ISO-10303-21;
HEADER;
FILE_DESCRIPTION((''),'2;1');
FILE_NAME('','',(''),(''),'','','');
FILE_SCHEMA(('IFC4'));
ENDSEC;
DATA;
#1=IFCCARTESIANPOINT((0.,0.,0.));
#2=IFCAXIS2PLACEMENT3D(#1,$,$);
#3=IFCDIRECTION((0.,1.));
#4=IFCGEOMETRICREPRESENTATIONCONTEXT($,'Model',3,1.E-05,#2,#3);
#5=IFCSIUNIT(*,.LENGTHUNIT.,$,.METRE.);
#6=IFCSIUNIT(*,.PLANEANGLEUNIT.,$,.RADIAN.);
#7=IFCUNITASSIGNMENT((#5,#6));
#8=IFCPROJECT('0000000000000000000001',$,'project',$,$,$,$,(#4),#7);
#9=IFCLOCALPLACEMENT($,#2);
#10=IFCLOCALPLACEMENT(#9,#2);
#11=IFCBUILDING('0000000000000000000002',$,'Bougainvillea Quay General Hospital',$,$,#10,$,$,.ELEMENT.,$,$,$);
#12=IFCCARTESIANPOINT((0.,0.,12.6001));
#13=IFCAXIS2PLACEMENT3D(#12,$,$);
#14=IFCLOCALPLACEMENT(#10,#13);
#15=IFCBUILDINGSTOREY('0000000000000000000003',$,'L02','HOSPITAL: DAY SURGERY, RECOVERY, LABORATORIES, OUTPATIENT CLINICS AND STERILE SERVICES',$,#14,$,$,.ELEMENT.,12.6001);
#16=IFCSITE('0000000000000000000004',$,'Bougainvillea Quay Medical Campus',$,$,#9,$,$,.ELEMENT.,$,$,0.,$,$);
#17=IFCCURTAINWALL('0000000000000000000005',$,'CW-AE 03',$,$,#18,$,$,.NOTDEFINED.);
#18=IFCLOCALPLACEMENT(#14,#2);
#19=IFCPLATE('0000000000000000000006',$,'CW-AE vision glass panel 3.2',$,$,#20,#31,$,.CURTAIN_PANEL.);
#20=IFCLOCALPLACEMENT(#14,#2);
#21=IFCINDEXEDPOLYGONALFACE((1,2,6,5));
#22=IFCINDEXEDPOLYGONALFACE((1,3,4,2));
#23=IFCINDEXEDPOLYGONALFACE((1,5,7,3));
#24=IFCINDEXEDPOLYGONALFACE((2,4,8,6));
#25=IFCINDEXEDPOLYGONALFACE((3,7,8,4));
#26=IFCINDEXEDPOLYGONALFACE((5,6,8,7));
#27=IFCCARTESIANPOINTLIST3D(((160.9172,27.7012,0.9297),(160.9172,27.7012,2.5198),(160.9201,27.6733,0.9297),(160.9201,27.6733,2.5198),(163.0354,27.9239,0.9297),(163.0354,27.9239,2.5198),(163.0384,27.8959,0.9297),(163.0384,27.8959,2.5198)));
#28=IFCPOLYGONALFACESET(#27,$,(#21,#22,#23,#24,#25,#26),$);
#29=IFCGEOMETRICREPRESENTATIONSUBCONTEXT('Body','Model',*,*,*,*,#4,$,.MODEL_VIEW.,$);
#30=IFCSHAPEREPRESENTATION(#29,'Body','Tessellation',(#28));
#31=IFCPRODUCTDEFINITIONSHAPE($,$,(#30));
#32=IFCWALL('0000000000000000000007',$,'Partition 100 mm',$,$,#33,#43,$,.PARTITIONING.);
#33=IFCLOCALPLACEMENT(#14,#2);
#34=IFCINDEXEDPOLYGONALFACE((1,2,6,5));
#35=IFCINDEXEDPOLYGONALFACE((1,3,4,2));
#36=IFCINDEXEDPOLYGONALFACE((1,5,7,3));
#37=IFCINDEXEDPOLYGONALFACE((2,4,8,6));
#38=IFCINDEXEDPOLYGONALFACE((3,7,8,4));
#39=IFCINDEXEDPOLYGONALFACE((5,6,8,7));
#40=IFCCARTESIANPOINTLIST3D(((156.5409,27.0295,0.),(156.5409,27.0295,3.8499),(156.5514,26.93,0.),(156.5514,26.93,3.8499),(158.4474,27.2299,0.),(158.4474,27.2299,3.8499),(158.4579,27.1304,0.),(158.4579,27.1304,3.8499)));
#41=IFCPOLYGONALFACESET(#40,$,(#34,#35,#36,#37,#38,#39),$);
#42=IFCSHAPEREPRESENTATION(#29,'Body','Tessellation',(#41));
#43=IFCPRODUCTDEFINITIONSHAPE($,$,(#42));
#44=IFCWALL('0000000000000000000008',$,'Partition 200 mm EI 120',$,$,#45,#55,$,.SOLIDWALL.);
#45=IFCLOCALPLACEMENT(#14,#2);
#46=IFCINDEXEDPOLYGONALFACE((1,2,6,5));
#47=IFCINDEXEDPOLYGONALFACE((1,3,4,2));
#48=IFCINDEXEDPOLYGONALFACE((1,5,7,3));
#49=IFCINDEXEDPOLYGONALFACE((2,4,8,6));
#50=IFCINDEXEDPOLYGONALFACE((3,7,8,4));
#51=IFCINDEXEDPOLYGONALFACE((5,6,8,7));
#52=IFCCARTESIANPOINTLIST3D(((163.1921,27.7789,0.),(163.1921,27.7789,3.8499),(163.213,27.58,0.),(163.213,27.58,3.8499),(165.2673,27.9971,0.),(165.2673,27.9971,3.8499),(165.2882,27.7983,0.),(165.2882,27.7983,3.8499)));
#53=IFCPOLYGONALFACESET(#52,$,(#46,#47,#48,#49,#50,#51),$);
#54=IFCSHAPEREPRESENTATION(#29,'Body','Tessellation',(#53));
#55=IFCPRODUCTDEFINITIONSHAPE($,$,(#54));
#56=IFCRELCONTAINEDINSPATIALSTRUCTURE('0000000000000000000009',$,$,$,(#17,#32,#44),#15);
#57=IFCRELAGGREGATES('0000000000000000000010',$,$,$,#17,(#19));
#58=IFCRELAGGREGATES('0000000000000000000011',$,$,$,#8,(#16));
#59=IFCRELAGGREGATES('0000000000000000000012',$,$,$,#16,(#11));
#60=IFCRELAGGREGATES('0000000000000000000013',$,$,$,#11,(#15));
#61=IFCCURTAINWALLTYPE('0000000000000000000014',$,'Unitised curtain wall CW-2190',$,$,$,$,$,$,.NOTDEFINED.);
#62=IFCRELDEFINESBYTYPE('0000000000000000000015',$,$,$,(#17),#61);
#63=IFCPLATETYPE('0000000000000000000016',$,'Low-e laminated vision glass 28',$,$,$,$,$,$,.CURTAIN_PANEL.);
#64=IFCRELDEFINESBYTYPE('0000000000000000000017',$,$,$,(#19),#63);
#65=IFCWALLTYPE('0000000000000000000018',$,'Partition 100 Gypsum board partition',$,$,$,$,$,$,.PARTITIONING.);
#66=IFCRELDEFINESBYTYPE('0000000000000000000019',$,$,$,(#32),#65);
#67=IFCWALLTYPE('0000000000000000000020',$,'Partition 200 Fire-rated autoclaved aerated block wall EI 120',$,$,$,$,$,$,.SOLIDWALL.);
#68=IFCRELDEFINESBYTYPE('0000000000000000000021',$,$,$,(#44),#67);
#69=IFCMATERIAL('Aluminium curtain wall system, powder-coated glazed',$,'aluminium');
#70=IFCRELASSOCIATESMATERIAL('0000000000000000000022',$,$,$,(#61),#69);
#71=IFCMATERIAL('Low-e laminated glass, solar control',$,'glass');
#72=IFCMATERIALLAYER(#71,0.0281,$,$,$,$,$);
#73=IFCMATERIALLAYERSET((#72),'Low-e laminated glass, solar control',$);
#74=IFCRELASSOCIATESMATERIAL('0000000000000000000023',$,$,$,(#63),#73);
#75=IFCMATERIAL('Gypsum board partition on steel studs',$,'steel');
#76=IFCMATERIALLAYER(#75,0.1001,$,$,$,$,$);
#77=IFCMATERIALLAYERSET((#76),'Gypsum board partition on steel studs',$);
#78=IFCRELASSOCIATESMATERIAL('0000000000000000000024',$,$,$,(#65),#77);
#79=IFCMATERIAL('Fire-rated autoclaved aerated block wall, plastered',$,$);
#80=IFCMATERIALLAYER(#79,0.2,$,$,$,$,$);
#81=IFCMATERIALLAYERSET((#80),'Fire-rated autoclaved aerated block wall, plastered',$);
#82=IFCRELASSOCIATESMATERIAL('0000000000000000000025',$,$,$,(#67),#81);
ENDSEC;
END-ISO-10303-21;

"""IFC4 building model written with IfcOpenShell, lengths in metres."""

from ifc_helpers import new_model, si_unit, direction, frame, frame_2d, origin, origin_2d, place, context, subcontext, project, spatial, rectangle, extrude, material, layer, layer_set, type_object, element, aggregate, save


model = new_model("IFC4")

# Units and contexts
model_context = context("Model", 3, precision=1e-05, world=origin(), true_north=direction((0.0, 1.0)))
body_context = subcontext(model_context, "Body", "Model", "MODEL_VIEW")
ifc_project = project(units=[si_unit("LENGTHUNIT", "METRE"), si_unit("PLANEANGLEUNIT", "RADIAN")], contexts=[model_context])

# Site, building, storey
site_placement = place(None, origin())
site = spatial("IfcSite", under=ifc_project, at=site_placement, Name="Bougainvillea Quay Medical Campus", CompositionType="ELEMENT", RefElevation=0.0)
building_placement = place(site_placement, origin())
building = spatial("IfcBuilding", under=site, at=building_placement, Name="Bougainvillea Quay General Hospital", CompositionType="ELEMENT")
storey_placement = place(building_placement, frame((0.0, 0.0, 12.6001)))
storey = spatial("IfcBuildingStorey", under=building, at=storey_placement, Name="L02", Description="HOSPITAL: DAY SURGERY, RECOVERY, LABORATORIES, OUTPATIENT CLINICS AND STERILE SERVICES", CompositionType="ELEMENT", Elevation=12.6001)

# Shared definitions
ifc_material_1 = material(Name="Aluminium curtain wall system, powder-coated glazed", Category="aluminium")

# Curtain wall, plate
curtain_wall_type_1 = type_object("IfcCurtainWallType", Name="Unitised curtain wall CW-2190", PredefinedType="NOTDEFINED", material=ifc_material_1)
curtain_wall_1_placement = place(storey_placement, origin())
curtain_wall_1 = element("IfcCurtainWall", 1, at=curtain_wall_1_placement, inside=storey, type_object=curtain_wall_type_1, Name="CW-AE 03", PredefinedType="NOTDEFINED")
ifc_material_2 = material(Name="Low-e laminated glass, solar control", Category="glass")
ifc_layer_1 = layer(ifc_material_2, 0.0281)
ifc_layer_set_1 = layer_set([ifc_layer_1], Name="Low-e laminated glass, solar control")
plate_type_1 = type_object("IfcPlateType", Name="Low-e laminated vision glass 28", PredefinedType="CURTAIN_PANEL", material=ifc_layer_set_1)
plate_1_placement = place(storey_placement, frame((161.9778, 27.7986, 0.9297), z_axis=(0.0, 0.0, 1.0), x_axis=(0.994522, 0.104527, 0.0)))
plate_1 = element("IfcPlate", 2, at=plate_1_placement, type_object=plate_type_1, Name="CW-AE vision glass panel 3.2", PredefinedType="CURTAIN_PANEL", context=body_context, shape_type="SweptSolid", body=[
    extrude(rectangle(XDim=2.1299, YDim=0.0281, at=origin_2d()), origin(), (0.0, 0.0, 1.0), 1.5901),
])
aggregate(curtain_wall_1, [plate_1])

# Walls
ifc_material_3 = material(Name="Gypsum board partition on steel studs", Category="steel")
ifc_layer_2 = layer(ifc_material_3, 0.1001)
ifc_layer_set_2 = layer_set([ifc_layer_2], Name="Gypsum board partition on steel studs")
wall_type_1 = type_object("IfcWallType", Name="Partition 100 Gypsum board partition", PredefinedType="PARTITIONING", material=ifc_layer_set_2)
wall_1_placement = place(storey_placement, frame((156.5461, 26.9797, 0.0), z_axis=(0.0, 0.0, 1.0), x_axis=(0.994519, 0.104559, 0.0)))
element("IfcWall", 3, at=wall_1_placement, inside=storey, type_object=wall_type_1, Name="Partition 100 mm", PredefinedType="PARTITIONING", context=body_context, shape_type="SweptSolid", body=[
    extrude(rectangle(XDim=1.917, YDim=0.1001, at=frame_2d((0.9585, 0.0))), origin(), (0.0, 0.0, 1.0), 3.8499),
])
ifc_material_4 = material(Name="Fire-rated autoclaved aerated block wall, plastered")
ifc_layer_3 = layer(ifc_material_4, 0.2)
ifc_layer_set_3 = layer_set([ifc_layer_3], Name="Fire-rated autoclaved aerated block wall, plastered")
wall_type_2 = type_object("IfcWallType", Name="Partition 200 Fire-rated autoclaved aerated block wall EI 120", PredefinedType="SOLIDWALL", material=ifc_layer_set_3)
wall_2_placement = place(storey_placement, frame((163.2024, 27.6794, 0.0), z_axis=(0.0, 0.0, 1.0), x_axis=(0.994514, 0.1046, 0.0)))
element("IfcWall", 4, at=wall_2_placement, inside=storey, type_object=wall_type_2, Name="Partition 200 mm EI 120", PredefinedType="SOLIDWALL", context=body_context, shape_type="SweptSolid", body=[
    extrude(rectangle(XDim=2.0867, YDim=0.2, at=frame_2d((1.0435, 0.0))), origin(), (0.0, 0.0, 1.0), 3.8499),
])

save(model, "model.ifc")
